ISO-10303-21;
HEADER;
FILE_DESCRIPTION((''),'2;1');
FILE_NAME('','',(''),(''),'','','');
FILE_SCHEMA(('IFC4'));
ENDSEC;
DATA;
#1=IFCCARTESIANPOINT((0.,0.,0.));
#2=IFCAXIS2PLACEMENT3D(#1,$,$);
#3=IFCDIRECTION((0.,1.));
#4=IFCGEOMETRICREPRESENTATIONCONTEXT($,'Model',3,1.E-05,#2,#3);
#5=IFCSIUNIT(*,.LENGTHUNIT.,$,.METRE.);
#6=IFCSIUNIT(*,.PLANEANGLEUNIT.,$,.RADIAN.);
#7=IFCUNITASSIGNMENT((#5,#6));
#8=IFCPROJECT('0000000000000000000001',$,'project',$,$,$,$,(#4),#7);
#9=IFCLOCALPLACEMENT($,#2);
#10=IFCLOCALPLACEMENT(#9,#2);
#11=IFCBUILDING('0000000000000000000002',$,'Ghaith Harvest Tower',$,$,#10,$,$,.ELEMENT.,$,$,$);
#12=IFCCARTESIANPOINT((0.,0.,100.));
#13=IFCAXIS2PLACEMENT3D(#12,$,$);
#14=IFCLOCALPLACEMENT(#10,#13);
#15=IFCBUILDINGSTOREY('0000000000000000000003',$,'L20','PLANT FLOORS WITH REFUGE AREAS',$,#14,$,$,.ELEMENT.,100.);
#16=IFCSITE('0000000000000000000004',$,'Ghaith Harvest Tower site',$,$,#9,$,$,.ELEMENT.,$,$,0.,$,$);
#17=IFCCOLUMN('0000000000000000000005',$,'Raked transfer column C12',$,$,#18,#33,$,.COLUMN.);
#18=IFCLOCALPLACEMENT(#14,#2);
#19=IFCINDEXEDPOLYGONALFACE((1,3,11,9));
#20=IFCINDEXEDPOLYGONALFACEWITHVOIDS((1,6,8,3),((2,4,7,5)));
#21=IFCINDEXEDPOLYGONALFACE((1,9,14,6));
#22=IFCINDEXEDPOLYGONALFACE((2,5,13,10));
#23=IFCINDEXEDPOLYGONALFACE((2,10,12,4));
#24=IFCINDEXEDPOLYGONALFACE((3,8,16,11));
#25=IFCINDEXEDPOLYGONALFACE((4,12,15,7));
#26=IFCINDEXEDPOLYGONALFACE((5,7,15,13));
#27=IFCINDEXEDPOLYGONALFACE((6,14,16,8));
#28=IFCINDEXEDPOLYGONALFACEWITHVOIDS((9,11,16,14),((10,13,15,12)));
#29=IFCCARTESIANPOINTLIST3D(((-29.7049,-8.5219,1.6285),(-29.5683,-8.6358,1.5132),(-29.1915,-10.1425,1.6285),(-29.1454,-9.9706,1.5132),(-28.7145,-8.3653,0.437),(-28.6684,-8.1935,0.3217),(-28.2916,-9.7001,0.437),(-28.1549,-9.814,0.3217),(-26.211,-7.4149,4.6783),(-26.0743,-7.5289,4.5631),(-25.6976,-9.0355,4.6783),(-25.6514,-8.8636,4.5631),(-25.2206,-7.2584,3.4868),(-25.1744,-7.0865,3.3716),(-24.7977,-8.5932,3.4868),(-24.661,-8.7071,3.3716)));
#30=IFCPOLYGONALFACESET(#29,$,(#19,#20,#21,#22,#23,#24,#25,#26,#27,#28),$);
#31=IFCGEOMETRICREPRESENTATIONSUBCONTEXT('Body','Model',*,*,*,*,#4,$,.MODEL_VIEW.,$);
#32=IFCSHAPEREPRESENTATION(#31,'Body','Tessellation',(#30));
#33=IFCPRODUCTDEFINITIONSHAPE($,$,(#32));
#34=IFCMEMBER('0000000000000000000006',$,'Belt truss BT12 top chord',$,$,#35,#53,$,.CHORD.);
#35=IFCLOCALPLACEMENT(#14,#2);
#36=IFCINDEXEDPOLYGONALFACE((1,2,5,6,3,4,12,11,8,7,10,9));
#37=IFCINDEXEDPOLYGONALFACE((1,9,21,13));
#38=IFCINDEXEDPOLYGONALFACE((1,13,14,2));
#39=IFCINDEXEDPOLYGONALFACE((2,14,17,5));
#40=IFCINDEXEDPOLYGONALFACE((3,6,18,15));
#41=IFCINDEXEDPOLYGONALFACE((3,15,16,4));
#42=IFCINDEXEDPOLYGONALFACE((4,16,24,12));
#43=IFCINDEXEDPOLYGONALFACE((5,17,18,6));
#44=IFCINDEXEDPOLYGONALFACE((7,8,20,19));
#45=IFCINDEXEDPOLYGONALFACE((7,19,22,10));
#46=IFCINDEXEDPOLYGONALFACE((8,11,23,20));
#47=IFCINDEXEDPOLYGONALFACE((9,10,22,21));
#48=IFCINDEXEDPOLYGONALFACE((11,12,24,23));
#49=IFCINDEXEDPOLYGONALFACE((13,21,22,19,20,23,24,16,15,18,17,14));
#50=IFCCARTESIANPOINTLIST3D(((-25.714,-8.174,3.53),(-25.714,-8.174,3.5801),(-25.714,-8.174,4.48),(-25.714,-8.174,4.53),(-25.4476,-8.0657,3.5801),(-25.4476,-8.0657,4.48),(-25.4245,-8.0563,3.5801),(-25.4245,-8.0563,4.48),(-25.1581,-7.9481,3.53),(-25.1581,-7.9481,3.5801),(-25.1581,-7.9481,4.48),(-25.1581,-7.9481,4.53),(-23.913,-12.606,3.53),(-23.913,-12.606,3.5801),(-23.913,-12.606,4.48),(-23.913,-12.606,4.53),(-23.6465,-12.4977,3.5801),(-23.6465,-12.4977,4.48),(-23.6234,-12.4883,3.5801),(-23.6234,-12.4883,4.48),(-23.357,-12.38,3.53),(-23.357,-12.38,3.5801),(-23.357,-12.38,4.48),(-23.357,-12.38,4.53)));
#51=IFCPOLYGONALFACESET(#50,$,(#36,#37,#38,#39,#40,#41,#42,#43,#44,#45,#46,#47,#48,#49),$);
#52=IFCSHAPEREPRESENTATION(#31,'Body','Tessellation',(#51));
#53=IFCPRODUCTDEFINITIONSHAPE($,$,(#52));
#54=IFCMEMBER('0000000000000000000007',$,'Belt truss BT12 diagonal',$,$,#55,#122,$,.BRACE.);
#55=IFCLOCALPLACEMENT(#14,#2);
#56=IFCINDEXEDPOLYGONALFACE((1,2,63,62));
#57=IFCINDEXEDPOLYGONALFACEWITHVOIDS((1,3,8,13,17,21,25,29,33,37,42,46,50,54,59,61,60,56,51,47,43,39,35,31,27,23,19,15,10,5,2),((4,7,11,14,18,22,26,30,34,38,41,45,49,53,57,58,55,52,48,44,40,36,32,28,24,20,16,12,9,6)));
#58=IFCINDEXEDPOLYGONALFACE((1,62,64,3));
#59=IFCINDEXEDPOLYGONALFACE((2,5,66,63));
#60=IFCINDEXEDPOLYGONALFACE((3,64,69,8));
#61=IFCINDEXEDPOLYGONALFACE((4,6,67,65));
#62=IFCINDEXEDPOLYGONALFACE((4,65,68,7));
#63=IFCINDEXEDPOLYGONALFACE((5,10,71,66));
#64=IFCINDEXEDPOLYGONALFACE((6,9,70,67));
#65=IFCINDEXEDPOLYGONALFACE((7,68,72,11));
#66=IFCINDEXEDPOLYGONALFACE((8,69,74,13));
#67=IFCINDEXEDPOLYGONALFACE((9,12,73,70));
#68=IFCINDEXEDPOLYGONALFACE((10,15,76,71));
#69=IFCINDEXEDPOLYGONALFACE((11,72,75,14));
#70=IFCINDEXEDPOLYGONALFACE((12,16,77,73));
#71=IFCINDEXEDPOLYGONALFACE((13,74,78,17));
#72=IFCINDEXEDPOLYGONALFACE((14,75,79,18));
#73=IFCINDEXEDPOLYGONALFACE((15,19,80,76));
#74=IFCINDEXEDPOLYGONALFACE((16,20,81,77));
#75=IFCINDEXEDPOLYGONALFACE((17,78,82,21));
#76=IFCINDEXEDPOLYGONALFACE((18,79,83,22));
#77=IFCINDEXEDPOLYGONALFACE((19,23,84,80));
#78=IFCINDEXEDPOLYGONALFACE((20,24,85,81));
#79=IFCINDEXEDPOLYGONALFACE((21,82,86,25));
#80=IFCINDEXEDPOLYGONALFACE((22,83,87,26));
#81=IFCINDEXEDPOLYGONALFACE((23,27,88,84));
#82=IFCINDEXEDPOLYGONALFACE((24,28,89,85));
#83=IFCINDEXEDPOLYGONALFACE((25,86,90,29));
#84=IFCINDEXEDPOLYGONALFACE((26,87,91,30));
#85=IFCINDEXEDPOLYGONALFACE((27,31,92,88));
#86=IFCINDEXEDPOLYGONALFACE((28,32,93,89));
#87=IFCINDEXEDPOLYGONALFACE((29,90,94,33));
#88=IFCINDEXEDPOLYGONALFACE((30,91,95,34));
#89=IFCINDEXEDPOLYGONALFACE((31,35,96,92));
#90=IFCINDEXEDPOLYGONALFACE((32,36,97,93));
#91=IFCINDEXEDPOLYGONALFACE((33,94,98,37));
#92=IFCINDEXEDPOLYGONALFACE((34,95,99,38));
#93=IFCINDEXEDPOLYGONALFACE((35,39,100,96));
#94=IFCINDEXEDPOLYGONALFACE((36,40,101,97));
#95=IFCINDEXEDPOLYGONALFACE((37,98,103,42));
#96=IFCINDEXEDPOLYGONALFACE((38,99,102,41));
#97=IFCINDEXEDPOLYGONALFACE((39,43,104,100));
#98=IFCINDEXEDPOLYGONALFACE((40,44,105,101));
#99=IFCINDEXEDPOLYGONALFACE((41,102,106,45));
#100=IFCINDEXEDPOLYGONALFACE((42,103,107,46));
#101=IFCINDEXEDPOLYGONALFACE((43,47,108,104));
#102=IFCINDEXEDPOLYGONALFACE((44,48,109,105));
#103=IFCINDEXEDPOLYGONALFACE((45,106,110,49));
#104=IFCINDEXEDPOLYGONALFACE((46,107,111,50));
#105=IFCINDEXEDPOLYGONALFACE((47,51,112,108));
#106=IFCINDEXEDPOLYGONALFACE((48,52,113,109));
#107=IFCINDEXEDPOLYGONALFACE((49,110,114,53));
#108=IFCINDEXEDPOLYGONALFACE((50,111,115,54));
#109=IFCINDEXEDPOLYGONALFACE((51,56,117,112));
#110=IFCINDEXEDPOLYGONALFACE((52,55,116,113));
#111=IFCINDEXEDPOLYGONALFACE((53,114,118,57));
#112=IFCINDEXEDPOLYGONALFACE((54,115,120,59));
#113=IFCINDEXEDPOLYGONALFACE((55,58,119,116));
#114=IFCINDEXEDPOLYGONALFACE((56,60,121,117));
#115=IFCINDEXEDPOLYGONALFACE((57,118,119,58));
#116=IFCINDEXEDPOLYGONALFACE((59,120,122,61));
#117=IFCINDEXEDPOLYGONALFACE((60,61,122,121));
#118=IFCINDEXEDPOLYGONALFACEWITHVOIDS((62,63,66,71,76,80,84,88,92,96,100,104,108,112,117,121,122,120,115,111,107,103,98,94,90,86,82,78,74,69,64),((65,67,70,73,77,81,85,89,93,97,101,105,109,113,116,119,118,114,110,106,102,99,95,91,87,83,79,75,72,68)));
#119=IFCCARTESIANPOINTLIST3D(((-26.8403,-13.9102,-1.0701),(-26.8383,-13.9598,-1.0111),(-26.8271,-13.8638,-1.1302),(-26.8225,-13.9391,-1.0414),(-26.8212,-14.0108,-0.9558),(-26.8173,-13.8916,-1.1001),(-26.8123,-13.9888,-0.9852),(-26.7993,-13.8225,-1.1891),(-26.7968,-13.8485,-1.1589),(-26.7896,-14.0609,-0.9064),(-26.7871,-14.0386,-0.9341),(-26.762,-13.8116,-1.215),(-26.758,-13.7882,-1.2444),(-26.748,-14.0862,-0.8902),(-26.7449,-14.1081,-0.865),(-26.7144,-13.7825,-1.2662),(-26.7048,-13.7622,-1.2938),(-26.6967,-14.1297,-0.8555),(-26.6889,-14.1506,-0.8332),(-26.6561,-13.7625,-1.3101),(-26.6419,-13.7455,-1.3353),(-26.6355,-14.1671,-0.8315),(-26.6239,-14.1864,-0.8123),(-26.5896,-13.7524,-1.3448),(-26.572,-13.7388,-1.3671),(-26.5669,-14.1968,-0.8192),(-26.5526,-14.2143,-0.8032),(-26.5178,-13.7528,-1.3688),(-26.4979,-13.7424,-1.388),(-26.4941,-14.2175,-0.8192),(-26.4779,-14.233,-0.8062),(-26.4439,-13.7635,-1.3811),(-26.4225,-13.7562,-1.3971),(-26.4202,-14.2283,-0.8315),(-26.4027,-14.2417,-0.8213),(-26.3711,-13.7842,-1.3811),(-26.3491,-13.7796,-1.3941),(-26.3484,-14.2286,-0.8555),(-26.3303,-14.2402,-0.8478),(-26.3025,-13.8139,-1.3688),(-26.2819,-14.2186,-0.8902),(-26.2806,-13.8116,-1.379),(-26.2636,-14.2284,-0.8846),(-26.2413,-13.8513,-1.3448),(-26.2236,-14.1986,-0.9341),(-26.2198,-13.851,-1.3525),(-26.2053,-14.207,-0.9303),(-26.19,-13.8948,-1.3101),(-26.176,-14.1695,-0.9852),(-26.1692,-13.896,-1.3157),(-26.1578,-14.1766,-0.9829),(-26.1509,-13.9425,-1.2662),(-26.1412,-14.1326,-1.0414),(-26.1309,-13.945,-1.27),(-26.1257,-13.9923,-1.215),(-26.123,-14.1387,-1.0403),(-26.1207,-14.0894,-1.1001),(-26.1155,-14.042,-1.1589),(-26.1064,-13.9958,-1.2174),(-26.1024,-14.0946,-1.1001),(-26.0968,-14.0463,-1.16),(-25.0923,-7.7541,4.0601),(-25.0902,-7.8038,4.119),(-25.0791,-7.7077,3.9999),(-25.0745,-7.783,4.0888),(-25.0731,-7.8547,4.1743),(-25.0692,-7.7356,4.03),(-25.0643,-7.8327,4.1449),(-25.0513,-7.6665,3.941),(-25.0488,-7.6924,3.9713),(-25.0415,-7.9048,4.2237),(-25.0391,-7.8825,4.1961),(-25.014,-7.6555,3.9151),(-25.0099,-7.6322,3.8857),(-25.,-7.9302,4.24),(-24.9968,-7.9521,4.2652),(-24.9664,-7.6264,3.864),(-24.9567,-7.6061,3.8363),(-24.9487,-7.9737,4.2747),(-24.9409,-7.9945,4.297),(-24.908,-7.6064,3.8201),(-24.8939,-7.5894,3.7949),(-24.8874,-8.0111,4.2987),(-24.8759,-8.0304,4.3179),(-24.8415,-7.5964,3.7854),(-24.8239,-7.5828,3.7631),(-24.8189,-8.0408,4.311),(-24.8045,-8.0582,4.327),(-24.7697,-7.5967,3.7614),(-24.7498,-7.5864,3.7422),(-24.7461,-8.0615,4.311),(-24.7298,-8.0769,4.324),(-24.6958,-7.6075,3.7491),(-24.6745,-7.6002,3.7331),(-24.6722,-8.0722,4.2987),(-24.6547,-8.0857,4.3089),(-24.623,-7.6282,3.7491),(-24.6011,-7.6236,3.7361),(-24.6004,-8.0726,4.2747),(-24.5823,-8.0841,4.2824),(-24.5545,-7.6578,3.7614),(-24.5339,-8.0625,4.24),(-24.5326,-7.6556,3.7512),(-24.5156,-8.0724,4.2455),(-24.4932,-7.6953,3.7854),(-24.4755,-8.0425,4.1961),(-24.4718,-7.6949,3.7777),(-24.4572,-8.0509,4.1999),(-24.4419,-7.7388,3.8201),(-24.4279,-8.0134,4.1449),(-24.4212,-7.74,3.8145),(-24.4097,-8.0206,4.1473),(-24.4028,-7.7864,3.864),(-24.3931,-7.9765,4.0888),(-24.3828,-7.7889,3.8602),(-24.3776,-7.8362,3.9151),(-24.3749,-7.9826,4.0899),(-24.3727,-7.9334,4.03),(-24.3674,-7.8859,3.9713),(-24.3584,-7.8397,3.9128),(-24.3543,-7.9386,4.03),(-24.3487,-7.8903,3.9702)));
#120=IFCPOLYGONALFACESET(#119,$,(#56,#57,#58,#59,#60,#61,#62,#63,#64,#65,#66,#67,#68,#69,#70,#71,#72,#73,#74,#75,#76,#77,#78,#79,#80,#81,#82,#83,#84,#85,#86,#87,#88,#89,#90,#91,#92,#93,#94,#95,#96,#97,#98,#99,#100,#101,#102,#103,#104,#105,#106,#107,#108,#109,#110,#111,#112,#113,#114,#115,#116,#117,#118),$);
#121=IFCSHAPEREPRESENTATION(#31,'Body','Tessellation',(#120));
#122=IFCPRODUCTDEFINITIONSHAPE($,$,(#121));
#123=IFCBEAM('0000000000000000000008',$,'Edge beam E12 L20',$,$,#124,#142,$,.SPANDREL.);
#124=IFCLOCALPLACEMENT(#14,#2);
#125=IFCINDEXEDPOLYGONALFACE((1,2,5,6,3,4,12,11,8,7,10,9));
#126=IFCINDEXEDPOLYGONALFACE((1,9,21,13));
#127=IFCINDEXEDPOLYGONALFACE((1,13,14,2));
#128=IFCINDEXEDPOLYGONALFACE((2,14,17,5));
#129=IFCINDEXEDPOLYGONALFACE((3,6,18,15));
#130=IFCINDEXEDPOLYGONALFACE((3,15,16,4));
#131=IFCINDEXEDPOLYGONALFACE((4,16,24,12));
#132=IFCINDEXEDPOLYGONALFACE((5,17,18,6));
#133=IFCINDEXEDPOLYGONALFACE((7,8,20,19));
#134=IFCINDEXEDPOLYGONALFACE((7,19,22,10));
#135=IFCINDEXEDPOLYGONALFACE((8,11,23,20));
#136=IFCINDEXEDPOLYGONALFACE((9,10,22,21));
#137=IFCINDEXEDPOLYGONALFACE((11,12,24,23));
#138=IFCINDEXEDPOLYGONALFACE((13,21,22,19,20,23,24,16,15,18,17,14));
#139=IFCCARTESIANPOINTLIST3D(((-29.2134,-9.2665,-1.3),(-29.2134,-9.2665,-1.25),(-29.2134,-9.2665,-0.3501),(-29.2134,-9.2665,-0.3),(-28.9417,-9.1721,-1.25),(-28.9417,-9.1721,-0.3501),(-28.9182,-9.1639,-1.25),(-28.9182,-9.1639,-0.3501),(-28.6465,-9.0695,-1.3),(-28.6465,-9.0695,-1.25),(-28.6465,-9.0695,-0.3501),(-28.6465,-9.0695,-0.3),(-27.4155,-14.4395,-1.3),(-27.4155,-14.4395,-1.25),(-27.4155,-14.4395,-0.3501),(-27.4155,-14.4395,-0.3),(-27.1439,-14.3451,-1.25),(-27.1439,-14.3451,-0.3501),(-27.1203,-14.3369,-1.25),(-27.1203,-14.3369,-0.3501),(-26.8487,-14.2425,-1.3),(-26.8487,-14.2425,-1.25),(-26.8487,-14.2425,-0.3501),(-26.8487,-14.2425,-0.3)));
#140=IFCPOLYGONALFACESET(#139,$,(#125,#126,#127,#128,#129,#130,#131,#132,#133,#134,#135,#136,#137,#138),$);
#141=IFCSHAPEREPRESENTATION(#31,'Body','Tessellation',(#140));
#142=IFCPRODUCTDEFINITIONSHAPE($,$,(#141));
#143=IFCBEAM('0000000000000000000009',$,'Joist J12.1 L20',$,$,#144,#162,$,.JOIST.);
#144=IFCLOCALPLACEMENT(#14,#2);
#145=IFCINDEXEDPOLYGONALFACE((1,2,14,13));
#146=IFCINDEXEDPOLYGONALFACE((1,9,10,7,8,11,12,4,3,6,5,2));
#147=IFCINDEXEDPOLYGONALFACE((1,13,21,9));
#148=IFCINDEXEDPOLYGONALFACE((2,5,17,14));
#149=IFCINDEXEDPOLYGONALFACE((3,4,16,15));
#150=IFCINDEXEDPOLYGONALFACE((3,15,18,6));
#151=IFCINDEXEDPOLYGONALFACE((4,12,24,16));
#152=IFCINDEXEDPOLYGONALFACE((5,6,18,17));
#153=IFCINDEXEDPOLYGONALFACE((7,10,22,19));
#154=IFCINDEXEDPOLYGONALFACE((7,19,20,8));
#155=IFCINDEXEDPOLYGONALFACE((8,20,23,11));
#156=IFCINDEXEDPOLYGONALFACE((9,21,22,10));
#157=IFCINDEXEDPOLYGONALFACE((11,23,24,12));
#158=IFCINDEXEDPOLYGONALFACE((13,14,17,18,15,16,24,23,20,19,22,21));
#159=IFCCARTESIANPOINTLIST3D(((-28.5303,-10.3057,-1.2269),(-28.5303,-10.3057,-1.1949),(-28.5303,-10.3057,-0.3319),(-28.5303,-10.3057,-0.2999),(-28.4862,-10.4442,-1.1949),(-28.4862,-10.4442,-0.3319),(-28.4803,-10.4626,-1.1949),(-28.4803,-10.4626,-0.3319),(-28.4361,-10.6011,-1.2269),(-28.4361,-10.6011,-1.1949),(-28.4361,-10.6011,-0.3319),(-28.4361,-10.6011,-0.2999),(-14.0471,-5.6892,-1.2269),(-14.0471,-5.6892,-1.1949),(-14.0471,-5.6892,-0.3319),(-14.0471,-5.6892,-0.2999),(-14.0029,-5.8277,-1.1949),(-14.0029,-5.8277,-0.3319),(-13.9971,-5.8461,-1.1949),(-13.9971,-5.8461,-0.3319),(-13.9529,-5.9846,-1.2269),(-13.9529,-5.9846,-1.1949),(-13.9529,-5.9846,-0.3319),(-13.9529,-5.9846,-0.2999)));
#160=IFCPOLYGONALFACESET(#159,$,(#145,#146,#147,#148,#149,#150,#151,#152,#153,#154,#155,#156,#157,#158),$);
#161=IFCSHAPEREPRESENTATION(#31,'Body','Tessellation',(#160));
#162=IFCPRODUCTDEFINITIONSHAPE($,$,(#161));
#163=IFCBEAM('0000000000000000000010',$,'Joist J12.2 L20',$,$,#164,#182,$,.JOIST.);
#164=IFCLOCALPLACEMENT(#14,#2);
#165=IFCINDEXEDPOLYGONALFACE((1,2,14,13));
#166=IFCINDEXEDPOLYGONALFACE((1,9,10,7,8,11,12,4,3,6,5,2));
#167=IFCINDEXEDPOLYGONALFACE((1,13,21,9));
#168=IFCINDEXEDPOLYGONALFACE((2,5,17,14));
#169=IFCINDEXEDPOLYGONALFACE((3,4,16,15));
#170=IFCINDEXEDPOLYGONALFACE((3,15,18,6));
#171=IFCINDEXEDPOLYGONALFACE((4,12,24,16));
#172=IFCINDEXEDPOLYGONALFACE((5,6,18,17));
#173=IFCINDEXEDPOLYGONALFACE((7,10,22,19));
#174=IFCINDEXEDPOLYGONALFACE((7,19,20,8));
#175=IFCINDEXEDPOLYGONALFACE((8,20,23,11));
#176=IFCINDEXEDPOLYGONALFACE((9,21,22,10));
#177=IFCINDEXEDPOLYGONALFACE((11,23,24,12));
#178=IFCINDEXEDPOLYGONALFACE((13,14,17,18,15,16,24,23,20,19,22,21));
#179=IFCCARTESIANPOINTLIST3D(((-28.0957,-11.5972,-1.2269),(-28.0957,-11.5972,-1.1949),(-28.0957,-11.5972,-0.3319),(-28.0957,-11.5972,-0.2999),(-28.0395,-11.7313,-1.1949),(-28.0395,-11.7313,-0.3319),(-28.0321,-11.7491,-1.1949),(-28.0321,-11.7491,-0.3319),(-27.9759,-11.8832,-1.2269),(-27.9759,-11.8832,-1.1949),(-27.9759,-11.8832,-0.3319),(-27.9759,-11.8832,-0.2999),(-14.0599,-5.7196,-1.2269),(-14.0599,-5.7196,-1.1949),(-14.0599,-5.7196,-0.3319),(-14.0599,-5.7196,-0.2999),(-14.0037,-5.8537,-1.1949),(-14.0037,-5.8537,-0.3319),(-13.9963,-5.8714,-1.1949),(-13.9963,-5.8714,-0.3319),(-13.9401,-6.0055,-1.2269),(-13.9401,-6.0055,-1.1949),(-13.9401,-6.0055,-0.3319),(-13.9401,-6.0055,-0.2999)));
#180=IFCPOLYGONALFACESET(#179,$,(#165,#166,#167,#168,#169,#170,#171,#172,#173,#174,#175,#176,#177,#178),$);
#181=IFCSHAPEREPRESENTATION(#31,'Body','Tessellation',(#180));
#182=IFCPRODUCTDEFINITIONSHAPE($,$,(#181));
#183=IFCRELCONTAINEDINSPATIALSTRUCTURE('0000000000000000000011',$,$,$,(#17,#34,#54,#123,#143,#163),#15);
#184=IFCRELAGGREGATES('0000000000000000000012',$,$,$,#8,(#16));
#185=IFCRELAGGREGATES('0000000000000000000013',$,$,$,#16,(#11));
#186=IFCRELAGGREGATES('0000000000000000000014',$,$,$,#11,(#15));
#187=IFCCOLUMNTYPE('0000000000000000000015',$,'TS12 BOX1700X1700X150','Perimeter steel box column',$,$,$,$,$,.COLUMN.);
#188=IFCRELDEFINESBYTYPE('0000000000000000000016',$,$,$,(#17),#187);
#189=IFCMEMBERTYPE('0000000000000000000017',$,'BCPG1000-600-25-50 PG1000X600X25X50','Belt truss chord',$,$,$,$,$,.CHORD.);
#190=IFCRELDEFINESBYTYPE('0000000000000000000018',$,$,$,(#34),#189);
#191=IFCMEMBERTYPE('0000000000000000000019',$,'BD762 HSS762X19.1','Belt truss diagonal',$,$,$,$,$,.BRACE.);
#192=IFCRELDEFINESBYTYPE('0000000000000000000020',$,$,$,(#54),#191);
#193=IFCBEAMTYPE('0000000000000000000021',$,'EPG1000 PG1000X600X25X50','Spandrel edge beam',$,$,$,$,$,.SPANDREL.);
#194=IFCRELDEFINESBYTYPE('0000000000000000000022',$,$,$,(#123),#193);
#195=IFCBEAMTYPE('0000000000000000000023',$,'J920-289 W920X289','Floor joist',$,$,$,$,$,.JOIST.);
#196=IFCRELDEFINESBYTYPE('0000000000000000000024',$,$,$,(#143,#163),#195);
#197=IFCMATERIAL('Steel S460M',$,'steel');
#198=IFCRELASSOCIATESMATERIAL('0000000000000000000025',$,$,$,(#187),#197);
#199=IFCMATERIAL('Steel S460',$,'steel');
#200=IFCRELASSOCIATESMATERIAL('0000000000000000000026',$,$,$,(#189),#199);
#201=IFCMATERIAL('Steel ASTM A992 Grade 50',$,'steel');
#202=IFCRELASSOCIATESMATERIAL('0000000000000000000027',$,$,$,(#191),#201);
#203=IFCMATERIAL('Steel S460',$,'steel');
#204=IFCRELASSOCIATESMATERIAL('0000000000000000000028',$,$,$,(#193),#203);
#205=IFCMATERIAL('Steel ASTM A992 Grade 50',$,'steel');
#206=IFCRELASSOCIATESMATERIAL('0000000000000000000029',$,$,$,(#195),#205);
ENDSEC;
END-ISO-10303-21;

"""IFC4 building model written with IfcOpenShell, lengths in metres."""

from ifc_helpers import new_model, si_unit, direction, frame, origin, origin_2d, place, context, subcontext, project, spatial, hollow_rectangle, hollow_circle, i_section, extrude, material, material_profile, profile_set, type_object, element, save


model = new_model("IFC4")

# Units and contexts
model_context = context("Model", 3, precision=1e-05, world=origin(), true_north=direction((0.0, 1.0)))
body_context = subcontext(model_context, "Body", "Model", "MODEL_VIEW")
ifc_project = project(units=[si_unit("LENGTHUNIT", "METRE"), si_unit("PLANEANGLEUNIT", "RADIAN")], contexts=[model_context])

# Site, building, storey
site_placement = place(None, origin())
site = spatial("IfcSite", under=ifc_project, at=site_placement, Name="Ghaith Harvest Tower site", CompositionType="ELEMENT", RefElevation=0.0)
building_placement = place(site_placement, origin())
building = spatial("IfcBuilding", under=site, at=building_placement, Name="Ghaith Harvest Tower", CompositionType="ELEMENT")
storey_placement = place(building_placement, frame((0.0, 0.0, 100.0)))
storey = spatial("IfcBuildingStorey", under=building, at=storey_placement, Name="L20", Description="PLANT FLOORS WITH REFUGE AREAS", CompositionType="ELEMENT", Elevation=100.0)

# Column
ifc_material_1 = material(Name="Steel S460M", Category="steel")
ifc_material_profile_1 = material_profile(ifc_material_1, hollow_rectangle(XDim=1.7, YDim=1.7, WallThickness=0.1499, at=origin_2d()), Name="BOX1700X1700X150")
ifc_profile_set_1 = profile_set([ifc_material_profile_1], Name="Steel S460M")
column_type = type_object("IfcColumnType", Name="TS12 BOX1700X1700X150", Description="Perimeter steel box column", PredefinedType="COLUMN", material=ifc_profile_set_1)
column_placement = place(storey_placement, frame((-28.9299, -9.168, 0.9751), z_axis=(0.732779, 0.232158, 0.639639), x_axis=(-0.302024, 0.9533, 0.0)))
element("IfcColumn", 1, at=column_placement, inside=storey, type_object=column_type, Name="Raked transfer column C12", PredefinedType="COLUMN", context=body_context, shape_type="SweptSolid", body=[
    extrude(hollow_rectangle(XDim=1.7, YDim=1.7, WallThickness=0.1499, at=origin_2d()), origin(), (0.0, 0.0, 1.0), 4.7681),
])

# Members
ifc_material_2 = material(Name="Steel S460", Category="steel")
ifc_material_profile_2 = material_profile(ifc_material_2, i_section(OverallWidth=0.6001, OverallDepth=1.0, WebThickness=0.0249, FlangeThickness=0.05, at=origin_2d()), Name="PG1000X600X25X50")
ifc_profile_set_2 = profile_set([ifc_material_profile_2], Name="Steel S460")
member_type_1 = type_object("IfcMemberType", Name="BCPG1000-600-25-50 PG1000X600X25X50", Description="Belt truss chord", PredefinedType="CHORD", material=ifc_profile_set_2)
member_1_placement = place(storey_placement, frame((-25.436, -8.061, 4.03), z_axis=(0.37648, -0.926425, 0.0), x_axis=(0.926425, 0.37648, 0.0)))
element("IfcMember", 2, at=member_1_placement, inside=storey, type_object=member_type_1, Name="Belt truss BT12 top chord", PredefinedType="CHORD", context=body_context, shape_type="SweptSolid", body=[
    extrude(i_section(OverallWidth=0.6001, OverallDepth=1.0, WebThickness=0.0249, FlangeThickness=0.05, at=origin_2d()), origin(), (0.0, 0.0, 1.0), 4.7839),
])
ifc_material_3 = material(Name="Steel ASTM A992 Grade 50", Category="steel")
ifc_material_profile_3 = material_profile(ifc_material_3, hollow_circle(Radius=0.3811, WallThickness=0.019, at=origin_2d()), Name="HSS762X19.1")
ifc_profile_set_3 = profile_set([ifc_material_profile_3], Name="Steel ASTM A992 Grade 50")
member_type_2 = type_object("IfcMemberType", Name="BD762 HSS762X19.1", Description="Belt truss diagonal", PredefinedType="BRACE", material=ifc_profile_set_3)
member_2_placement = place(storey_placement, frame((-24.7209, -7.8345, 4.03), z_axis=(-0.213128, -0.750563, -0.625484), x_axis=(0.961969, -0.273159, 0.0)))
element("IfcMember", 3, at=member_2_placement, inside=storey, type_object=member_type_2, Name="Belt truss BT12 diagonal", PredefinedType="BRACE", context=body_context, shape_type="SweptSolid", body=[
    extrude(hollow_circle(Radius=0.3811, WallThickness=0.019, at=origin_2d()), origin(), (0.0, 0.0, 1.0), 8.2019),
])

# Beams
ifc_material_4 = material(Name="Steel S460", Category="steel")
ifc_material_profile_4 = material_profile(ifc_material_4, i_section(OverallWidth=0.6001, OverallDepth=1.0, WebThickness=0.0249, FlangeThickness=0.05, at=origin_2d()), Name="PG1000X600X25X50")
ifc_profile_set_4 = profile_set([ifc_material_profile_4], Name="Steel S460")
beam_type_1 = type_object("IfcBeamType", Name="EPG1000 PG1000X600X25X50", Description="Spandrel edge beam", PredefinedType="SPANDREL", material=ifc_profile_set_4)
beam_1_placement = place(storey_placement, frame((-28.9299, -9.168, -0.8), z_axis=(0.328279, -0.944581, 0.0), x_axis=(0.944581, 0.328279, 0.0)))
element("IfcBeam", 4, at=beam_1_placement, inside=storey, type_object=beam_type_1, Name="Edge beam E12 L20", PredefinedType="SPANDREL", context=body_context, shape_type="SweptSolid", body=[
    extrude(i_section(OverallWidth=0.6001, OverallDepth=1.0, WebThickness=0.0249, FlangeThickness=0.05, at=origin_2d()), origin(), (0.0, 0.0, 1.0), 5.4766),
])
ifc_material_5 = material(Name="Steel ASTM A992 Grade 50", Category="steel")
ifc_material_profile_5 = material_profile(ifc_material_5, i_section(OverallWidth=0.3101, OverallDepth=0.927, WebThickness=0.0193, FlangeThickness=0.032, at=origin_2d()), Name="W920X289")
ifc_profile_set_5 = profile_set([ifc_material_profile_5], Name="Steel ASTM A992 Grade 50")
beam_type_2 = type_object("IfcBeamType", Name="J920-289 W920X289", Description="Floor joist", PredefinedType="JOIST", material=ifc_profile_set_5)
beam_2_placement = place(storey_placement, frame((-14.0, -5.8369, -0.7634), z_axis=(-0.95277, -0.303692, 0.0), x_axis=(0.303692, -0.95277, 0.0)))
element("IfcBeam", 5, at=beam_2_placement, inside=storey, type_object=beam_type_2, Name="Joist J12.1 L20", PredefinedType="JOIST", context=body_context, shape_type="SweptSolid", body=[
    extrude(i_section(OverallWidth=0.3101, OverallDepth=0.927, WebThickness=0.0193, FlangeThickness=0.032, at=origin_2d()), origin(), (0.0, 0.0, 1.0), 15.2012),
])
beam_3_placement = place(storey_placement, frame((-14.0, -5.8625, -0.7634), z_axis=(-0.92239, -0.386261, 0.0), x_axis=(0.386261, -0.92239, 0.0)))
element("IfcBeam", 6, at=beam_3_placement, inside=storey, type_object=beam_type_2, Name="Joist J12.2 L20", PredefinedType="JOIST", context=body_context, shape_type="SweptSolid", body=[
    extrude(i_section(OverallWidth=0.3101, OverallDepth=0.927, WebThickness=0.0193, FlangeThickness=0.032, at=origin_2d()), origin(), (0.0, 0.0, 1.0), 15.2168),
])

save(model, "model.ifc")
